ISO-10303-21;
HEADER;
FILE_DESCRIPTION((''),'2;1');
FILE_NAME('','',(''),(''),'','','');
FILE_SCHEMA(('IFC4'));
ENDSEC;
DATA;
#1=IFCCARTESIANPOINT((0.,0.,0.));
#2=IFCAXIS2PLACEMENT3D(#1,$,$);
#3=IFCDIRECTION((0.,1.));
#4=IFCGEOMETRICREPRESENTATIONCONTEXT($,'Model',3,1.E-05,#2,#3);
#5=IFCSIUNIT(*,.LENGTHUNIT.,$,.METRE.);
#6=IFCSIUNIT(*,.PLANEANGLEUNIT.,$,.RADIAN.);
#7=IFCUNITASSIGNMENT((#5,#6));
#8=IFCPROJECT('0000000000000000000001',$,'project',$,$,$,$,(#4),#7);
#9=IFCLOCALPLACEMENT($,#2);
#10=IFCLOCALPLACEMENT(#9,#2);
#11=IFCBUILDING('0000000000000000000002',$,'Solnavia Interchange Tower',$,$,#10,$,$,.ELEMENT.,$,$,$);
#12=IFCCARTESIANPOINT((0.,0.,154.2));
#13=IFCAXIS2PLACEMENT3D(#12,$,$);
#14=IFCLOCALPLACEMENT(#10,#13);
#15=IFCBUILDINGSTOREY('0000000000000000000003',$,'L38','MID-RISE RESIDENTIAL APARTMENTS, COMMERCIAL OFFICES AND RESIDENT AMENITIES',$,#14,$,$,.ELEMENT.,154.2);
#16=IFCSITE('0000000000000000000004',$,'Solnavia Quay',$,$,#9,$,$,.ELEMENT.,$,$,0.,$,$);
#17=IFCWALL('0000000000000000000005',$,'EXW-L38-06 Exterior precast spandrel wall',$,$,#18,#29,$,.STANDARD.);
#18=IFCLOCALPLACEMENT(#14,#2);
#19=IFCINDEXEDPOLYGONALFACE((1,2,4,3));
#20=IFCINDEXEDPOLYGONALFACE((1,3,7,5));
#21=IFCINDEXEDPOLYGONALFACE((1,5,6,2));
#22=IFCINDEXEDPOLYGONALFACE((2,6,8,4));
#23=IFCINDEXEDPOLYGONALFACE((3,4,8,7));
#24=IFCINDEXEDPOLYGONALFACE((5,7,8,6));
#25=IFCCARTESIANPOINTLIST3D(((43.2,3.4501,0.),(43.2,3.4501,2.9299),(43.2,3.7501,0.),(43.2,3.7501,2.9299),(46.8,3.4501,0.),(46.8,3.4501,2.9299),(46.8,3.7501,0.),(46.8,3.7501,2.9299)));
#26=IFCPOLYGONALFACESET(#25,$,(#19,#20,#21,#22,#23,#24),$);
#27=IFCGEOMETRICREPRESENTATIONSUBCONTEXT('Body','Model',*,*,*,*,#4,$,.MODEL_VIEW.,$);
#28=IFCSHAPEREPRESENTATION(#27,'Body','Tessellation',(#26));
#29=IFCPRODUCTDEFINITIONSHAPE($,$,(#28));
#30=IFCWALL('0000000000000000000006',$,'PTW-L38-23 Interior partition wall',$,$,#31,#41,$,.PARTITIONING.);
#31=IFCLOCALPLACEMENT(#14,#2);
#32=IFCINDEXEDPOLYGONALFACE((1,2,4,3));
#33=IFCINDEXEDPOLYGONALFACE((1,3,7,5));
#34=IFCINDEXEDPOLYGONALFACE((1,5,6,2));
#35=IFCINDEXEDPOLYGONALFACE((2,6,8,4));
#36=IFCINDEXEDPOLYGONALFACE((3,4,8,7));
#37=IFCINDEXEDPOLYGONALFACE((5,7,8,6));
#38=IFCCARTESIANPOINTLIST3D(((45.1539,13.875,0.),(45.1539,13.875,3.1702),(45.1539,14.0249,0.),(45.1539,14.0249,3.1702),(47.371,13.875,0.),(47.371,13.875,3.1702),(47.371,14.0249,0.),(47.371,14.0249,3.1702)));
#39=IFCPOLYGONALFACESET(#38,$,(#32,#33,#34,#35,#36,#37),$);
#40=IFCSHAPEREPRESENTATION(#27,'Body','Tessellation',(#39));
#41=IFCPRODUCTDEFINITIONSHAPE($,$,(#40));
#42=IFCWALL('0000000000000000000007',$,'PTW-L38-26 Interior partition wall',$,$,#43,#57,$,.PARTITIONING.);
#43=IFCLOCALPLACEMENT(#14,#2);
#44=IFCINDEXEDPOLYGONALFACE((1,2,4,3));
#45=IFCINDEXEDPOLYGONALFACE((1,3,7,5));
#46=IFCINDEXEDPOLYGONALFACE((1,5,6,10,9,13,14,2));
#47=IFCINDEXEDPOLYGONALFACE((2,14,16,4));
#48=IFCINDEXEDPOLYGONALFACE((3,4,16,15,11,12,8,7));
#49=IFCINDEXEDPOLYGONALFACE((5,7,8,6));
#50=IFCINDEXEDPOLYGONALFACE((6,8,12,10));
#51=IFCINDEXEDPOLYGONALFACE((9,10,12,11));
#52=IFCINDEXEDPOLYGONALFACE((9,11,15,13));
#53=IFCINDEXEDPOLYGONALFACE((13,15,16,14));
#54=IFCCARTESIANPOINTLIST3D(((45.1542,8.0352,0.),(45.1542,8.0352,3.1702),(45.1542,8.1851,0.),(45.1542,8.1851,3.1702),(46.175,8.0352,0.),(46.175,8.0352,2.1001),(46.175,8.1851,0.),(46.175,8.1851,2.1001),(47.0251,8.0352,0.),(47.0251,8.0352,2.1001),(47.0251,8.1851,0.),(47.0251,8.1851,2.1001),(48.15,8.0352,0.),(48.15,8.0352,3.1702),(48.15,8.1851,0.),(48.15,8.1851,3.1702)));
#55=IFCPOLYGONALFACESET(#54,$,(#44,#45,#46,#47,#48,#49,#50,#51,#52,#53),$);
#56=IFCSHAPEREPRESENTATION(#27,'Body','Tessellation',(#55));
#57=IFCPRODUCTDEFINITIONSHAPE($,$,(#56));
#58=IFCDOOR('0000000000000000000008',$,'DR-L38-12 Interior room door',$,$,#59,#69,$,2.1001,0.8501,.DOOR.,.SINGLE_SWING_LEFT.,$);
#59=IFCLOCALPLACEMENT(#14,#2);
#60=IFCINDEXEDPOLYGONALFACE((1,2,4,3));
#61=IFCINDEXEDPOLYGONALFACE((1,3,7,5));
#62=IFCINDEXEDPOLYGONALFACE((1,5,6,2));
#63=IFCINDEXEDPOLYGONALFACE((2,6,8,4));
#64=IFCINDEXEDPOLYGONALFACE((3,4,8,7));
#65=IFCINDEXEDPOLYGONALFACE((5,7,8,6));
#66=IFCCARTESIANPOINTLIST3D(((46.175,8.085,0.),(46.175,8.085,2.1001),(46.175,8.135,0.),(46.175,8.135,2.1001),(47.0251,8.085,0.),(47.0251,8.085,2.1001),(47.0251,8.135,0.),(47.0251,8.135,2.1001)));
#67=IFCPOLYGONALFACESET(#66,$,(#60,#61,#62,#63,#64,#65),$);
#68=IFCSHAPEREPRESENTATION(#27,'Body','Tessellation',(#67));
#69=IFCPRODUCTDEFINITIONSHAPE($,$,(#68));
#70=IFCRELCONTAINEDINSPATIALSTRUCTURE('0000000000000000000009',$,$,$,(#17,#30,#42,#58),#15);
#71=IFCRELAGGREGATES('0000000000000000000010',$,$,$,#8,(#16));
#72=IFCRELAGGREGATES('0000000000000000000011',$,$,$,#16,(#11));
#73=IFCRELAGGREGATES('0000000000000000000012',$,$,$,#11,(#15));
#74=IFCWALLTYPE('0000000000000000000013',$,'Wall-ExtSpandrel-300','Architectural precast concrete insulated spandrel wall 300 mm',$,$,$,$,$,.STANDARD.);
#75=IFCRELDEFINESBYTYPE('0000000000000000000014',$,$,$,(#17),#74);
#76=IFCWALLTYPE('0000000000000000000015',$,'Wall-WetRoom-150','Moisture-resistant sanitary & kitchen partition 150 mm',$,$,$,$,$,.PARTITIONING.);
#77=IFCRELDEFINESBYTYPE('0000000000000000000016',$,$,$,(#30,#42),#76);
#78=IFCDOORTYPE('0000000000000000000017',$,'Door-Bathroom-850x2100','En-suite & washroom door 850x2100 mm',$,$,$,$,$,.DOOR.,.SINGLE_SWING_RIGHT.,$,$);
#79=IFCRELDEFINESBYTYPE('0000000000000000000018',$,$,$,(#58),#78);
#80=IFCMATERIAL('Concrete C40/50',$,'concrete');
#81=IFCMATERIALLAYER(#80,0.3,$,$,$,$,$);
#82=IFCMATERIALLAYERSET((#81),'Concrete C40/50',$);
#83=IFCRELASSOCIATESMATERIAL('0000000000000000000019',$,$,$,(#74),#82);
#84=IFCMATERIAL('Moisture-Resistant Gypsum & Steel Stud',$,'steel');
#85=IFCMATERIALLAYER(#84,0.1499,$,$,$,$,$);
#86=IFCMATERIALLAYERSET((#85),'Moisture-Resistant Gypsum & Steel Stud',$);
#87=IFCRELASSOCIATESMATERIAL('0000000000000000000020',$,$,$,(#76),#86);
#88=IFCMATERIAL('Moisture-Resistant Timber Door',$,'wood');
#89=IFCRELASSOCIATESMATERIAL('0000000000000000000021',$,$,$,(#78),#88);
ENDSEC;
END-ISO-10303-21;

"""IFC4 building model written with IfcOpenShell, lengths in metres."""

from ifc_helpers import new_model, si_unit, direction, frame, frame_2d, origin, place, context, subcontext, project, spatial, rectangle, extrude, material, layer, layer_set, type_object, element, fill, save


model = new_model("IFC4")

# Units and contexts
model_context = context("Model", 3, precision=1e-05, world=origin(), true_north=direction((0.0, 1.0)))
body_context = subcontext(model_context, "Body", "Model", "MODEL_VIEW")
ifc_project = project(units=[si_unit("LENGTHUNIT", "METRE"), si_unit("PLANEANGLEUNIT", "RADIAN")], contexts=[model_context])

# Site, building, storey
site_placement = place(None, origin())
site = spatial("IfcSite", under=ifc_project, at=site_placement, Name="Solnavia Quay", CompositionType="ELEMENT", RefElevation=0.0)
building_placement = place(site_placement, origin())
building = spatial("IfcBuilding", under=site, at=building_placement, Name="Solnavia Interchange Tower", CompositionType="ELEMENT")
storey_placement = place(building_placement, frame((0.0, 0.0, 154.2)))
storey = spatial("IfcBuildingStorey", under=building, at=storey_placement, Name="L38", Description="MID-RISE RESIDENTIAL APARTMENTS, COMMERCIAL OFFICES AND RESIDENT AMENITIES", CompositionType="ELEMENT", Elevation=154.2)

# Shared definitions
ifc_material_1 = material(Name="Concrete C40/50", Category="concrete")
ifc_layer_1 = layer(ifc_material_1, 0.3)
ifc_layer_set_1 = layer_set([ifc_layer_1], Name="Concrete C40/50")
wall_type_1 = type_object("IfcWallType", Name="Wall-ExtSpandrel-300", Description="Architectural precast concrete insulated spandrel wall 300 mm", PredefinedType="STANDARD", material=ifc_layer_set_1)

# Walls
wall_1_placement = place(storey_placement, frame((46.8, 3.6001, 0.0), z_axis=(0.0, 0.0, 1.0), x_axis=(-1.0, 0.0, 0.0)))
element("IfcWall", 1, at=wall_1_placement, inside=storey, type_object=wall_type_1, Name="EXW-L38-06 Exterior precast spandrel wall", PredefinedType="STANDARD", context=body_context, shape_type="SweptSolid", body=[
    extrude(rectangle(XDim=3.6001, YDim=0.3, at=frame_2d((1.8, 0.0))), origin(), (0.0, 0.0, 1.0), 2.9299),
])
ifc_material_2 = material(Name="Moisture-Resistant Gypsum & Steel Stud", Category="steel")
ifc_layer_2 = layer(ifc_material_2, 0.1499)
ifc_layer_set_2 = layer_set([ifc_layer_2], Name="Moisture-Resistant Gypsum & Steel Stud")
wall_type_2 = type_object("IfcWallType", Name="Wall-WetRoom-150", Description="Moisture-resistant sanitary & kitchen partition 150 mm", PredefinedType="PARTITIONING", material=ifc_layer_set_2)
wall_2_placement = place(storey_placement, frame((45.1541, 13.95, 0.0), z_axis=(0.0, 0.0, 1.0), x_axis=(1.0, 0.0, 0.0)))
element("IfcWall", 2, at=wall_2_placement, inside=storey, type_object=wall_type_2, Name="PTW-L38-23 Interior partition wall", PredefinedType="PARTITIONING", context=body_context, shape_type="SweptSolid", body=[
    extrude(rectangle(XDim=2.217, YDim=0.1499, at=frame_2d((1.1084, 0.0))), origin(), (0.0, 0.0, 1.0), 3.1702),
])

# Wall, opening, door
wall_3_placement = place(storey_placement, frame((45.1541, 8.1101, 0.0), z_axis=(0.0, 0.0, 1.0), x_axis=(1.0, 0.0, 0.0)))
wall_3 = element("IfcWall", 3, at=wall_3_placement, inside=storey, type_object=wall_type_2, Name="PTW-L38-26 Interior partition wall", PredefinedType="PARTITIONING", context=body_context, shape_type="SweptSolid", body=[
    extrude(rectangle(XDim=2.9958, YDim=0.1499, at=frame_2d((1.498, 0.0))), origin(), (0.0, 0.0, 1.0), 3.1702),
])
opening_1_placement = place(wall_3_placement, frame((1.021, 0.0, 0.0)))
opening_1 = element("IfcOpeningElement", 4, at=opening_1_placement, cuts=wall_3, PredefinedType="OPENING", context=body_context, shape_type="SweptSolid", body=[
    extrude(rectangle(XDim=0.8501, YDim=2.1001, at=frame_2d((0.425, 1.05))), frame((0.0, 0.085, 0.0), z_axis=(0.0, -1.0, 0.0), x_axis=(1.0, 0.0, 0.0)), (0.0, 0.0, 1.0), 0.1699),
])
ifc_material_3 = material(Name="Moisture-Resistant Timber Door", Category="wood")
door_type = type_object("IfcDoorType", Name="Door-Bathroom-850x2100", Description="En-suite & washroom door 850x2100 mm", OperationType="SINGLE_SWING_RIGHT", PredefinedType="DOOR", material=ifc_material_3)
door_placement = place(opening_1_placement, origin())
door = element("IfcDoor", 5, at=door_placement, inside=storey, type_object=door_type, Name="DR-L38-12 Interior room door", OperationType="SINGLE_SWING_LEFT", OverallHeight=2.1001, OverallWidth=0.8501, PredefinedType="DOOR", context=body_context, shape_type="SweptSolid", body=[
    extrude(rectangle(XDim=0.8501, YDim=2.1001, at=frame_2d((0.425, 1.05))), frame((0.0, 0.0249, 0.0), z_axis=(0.0, -1.0, 0.0), x_axis=(1.0, 0.0, 0.0)), (0.0, 0.0, 1.0), 0.05),
])
fill(opening_1, door)

save(model, "model.ifc")
